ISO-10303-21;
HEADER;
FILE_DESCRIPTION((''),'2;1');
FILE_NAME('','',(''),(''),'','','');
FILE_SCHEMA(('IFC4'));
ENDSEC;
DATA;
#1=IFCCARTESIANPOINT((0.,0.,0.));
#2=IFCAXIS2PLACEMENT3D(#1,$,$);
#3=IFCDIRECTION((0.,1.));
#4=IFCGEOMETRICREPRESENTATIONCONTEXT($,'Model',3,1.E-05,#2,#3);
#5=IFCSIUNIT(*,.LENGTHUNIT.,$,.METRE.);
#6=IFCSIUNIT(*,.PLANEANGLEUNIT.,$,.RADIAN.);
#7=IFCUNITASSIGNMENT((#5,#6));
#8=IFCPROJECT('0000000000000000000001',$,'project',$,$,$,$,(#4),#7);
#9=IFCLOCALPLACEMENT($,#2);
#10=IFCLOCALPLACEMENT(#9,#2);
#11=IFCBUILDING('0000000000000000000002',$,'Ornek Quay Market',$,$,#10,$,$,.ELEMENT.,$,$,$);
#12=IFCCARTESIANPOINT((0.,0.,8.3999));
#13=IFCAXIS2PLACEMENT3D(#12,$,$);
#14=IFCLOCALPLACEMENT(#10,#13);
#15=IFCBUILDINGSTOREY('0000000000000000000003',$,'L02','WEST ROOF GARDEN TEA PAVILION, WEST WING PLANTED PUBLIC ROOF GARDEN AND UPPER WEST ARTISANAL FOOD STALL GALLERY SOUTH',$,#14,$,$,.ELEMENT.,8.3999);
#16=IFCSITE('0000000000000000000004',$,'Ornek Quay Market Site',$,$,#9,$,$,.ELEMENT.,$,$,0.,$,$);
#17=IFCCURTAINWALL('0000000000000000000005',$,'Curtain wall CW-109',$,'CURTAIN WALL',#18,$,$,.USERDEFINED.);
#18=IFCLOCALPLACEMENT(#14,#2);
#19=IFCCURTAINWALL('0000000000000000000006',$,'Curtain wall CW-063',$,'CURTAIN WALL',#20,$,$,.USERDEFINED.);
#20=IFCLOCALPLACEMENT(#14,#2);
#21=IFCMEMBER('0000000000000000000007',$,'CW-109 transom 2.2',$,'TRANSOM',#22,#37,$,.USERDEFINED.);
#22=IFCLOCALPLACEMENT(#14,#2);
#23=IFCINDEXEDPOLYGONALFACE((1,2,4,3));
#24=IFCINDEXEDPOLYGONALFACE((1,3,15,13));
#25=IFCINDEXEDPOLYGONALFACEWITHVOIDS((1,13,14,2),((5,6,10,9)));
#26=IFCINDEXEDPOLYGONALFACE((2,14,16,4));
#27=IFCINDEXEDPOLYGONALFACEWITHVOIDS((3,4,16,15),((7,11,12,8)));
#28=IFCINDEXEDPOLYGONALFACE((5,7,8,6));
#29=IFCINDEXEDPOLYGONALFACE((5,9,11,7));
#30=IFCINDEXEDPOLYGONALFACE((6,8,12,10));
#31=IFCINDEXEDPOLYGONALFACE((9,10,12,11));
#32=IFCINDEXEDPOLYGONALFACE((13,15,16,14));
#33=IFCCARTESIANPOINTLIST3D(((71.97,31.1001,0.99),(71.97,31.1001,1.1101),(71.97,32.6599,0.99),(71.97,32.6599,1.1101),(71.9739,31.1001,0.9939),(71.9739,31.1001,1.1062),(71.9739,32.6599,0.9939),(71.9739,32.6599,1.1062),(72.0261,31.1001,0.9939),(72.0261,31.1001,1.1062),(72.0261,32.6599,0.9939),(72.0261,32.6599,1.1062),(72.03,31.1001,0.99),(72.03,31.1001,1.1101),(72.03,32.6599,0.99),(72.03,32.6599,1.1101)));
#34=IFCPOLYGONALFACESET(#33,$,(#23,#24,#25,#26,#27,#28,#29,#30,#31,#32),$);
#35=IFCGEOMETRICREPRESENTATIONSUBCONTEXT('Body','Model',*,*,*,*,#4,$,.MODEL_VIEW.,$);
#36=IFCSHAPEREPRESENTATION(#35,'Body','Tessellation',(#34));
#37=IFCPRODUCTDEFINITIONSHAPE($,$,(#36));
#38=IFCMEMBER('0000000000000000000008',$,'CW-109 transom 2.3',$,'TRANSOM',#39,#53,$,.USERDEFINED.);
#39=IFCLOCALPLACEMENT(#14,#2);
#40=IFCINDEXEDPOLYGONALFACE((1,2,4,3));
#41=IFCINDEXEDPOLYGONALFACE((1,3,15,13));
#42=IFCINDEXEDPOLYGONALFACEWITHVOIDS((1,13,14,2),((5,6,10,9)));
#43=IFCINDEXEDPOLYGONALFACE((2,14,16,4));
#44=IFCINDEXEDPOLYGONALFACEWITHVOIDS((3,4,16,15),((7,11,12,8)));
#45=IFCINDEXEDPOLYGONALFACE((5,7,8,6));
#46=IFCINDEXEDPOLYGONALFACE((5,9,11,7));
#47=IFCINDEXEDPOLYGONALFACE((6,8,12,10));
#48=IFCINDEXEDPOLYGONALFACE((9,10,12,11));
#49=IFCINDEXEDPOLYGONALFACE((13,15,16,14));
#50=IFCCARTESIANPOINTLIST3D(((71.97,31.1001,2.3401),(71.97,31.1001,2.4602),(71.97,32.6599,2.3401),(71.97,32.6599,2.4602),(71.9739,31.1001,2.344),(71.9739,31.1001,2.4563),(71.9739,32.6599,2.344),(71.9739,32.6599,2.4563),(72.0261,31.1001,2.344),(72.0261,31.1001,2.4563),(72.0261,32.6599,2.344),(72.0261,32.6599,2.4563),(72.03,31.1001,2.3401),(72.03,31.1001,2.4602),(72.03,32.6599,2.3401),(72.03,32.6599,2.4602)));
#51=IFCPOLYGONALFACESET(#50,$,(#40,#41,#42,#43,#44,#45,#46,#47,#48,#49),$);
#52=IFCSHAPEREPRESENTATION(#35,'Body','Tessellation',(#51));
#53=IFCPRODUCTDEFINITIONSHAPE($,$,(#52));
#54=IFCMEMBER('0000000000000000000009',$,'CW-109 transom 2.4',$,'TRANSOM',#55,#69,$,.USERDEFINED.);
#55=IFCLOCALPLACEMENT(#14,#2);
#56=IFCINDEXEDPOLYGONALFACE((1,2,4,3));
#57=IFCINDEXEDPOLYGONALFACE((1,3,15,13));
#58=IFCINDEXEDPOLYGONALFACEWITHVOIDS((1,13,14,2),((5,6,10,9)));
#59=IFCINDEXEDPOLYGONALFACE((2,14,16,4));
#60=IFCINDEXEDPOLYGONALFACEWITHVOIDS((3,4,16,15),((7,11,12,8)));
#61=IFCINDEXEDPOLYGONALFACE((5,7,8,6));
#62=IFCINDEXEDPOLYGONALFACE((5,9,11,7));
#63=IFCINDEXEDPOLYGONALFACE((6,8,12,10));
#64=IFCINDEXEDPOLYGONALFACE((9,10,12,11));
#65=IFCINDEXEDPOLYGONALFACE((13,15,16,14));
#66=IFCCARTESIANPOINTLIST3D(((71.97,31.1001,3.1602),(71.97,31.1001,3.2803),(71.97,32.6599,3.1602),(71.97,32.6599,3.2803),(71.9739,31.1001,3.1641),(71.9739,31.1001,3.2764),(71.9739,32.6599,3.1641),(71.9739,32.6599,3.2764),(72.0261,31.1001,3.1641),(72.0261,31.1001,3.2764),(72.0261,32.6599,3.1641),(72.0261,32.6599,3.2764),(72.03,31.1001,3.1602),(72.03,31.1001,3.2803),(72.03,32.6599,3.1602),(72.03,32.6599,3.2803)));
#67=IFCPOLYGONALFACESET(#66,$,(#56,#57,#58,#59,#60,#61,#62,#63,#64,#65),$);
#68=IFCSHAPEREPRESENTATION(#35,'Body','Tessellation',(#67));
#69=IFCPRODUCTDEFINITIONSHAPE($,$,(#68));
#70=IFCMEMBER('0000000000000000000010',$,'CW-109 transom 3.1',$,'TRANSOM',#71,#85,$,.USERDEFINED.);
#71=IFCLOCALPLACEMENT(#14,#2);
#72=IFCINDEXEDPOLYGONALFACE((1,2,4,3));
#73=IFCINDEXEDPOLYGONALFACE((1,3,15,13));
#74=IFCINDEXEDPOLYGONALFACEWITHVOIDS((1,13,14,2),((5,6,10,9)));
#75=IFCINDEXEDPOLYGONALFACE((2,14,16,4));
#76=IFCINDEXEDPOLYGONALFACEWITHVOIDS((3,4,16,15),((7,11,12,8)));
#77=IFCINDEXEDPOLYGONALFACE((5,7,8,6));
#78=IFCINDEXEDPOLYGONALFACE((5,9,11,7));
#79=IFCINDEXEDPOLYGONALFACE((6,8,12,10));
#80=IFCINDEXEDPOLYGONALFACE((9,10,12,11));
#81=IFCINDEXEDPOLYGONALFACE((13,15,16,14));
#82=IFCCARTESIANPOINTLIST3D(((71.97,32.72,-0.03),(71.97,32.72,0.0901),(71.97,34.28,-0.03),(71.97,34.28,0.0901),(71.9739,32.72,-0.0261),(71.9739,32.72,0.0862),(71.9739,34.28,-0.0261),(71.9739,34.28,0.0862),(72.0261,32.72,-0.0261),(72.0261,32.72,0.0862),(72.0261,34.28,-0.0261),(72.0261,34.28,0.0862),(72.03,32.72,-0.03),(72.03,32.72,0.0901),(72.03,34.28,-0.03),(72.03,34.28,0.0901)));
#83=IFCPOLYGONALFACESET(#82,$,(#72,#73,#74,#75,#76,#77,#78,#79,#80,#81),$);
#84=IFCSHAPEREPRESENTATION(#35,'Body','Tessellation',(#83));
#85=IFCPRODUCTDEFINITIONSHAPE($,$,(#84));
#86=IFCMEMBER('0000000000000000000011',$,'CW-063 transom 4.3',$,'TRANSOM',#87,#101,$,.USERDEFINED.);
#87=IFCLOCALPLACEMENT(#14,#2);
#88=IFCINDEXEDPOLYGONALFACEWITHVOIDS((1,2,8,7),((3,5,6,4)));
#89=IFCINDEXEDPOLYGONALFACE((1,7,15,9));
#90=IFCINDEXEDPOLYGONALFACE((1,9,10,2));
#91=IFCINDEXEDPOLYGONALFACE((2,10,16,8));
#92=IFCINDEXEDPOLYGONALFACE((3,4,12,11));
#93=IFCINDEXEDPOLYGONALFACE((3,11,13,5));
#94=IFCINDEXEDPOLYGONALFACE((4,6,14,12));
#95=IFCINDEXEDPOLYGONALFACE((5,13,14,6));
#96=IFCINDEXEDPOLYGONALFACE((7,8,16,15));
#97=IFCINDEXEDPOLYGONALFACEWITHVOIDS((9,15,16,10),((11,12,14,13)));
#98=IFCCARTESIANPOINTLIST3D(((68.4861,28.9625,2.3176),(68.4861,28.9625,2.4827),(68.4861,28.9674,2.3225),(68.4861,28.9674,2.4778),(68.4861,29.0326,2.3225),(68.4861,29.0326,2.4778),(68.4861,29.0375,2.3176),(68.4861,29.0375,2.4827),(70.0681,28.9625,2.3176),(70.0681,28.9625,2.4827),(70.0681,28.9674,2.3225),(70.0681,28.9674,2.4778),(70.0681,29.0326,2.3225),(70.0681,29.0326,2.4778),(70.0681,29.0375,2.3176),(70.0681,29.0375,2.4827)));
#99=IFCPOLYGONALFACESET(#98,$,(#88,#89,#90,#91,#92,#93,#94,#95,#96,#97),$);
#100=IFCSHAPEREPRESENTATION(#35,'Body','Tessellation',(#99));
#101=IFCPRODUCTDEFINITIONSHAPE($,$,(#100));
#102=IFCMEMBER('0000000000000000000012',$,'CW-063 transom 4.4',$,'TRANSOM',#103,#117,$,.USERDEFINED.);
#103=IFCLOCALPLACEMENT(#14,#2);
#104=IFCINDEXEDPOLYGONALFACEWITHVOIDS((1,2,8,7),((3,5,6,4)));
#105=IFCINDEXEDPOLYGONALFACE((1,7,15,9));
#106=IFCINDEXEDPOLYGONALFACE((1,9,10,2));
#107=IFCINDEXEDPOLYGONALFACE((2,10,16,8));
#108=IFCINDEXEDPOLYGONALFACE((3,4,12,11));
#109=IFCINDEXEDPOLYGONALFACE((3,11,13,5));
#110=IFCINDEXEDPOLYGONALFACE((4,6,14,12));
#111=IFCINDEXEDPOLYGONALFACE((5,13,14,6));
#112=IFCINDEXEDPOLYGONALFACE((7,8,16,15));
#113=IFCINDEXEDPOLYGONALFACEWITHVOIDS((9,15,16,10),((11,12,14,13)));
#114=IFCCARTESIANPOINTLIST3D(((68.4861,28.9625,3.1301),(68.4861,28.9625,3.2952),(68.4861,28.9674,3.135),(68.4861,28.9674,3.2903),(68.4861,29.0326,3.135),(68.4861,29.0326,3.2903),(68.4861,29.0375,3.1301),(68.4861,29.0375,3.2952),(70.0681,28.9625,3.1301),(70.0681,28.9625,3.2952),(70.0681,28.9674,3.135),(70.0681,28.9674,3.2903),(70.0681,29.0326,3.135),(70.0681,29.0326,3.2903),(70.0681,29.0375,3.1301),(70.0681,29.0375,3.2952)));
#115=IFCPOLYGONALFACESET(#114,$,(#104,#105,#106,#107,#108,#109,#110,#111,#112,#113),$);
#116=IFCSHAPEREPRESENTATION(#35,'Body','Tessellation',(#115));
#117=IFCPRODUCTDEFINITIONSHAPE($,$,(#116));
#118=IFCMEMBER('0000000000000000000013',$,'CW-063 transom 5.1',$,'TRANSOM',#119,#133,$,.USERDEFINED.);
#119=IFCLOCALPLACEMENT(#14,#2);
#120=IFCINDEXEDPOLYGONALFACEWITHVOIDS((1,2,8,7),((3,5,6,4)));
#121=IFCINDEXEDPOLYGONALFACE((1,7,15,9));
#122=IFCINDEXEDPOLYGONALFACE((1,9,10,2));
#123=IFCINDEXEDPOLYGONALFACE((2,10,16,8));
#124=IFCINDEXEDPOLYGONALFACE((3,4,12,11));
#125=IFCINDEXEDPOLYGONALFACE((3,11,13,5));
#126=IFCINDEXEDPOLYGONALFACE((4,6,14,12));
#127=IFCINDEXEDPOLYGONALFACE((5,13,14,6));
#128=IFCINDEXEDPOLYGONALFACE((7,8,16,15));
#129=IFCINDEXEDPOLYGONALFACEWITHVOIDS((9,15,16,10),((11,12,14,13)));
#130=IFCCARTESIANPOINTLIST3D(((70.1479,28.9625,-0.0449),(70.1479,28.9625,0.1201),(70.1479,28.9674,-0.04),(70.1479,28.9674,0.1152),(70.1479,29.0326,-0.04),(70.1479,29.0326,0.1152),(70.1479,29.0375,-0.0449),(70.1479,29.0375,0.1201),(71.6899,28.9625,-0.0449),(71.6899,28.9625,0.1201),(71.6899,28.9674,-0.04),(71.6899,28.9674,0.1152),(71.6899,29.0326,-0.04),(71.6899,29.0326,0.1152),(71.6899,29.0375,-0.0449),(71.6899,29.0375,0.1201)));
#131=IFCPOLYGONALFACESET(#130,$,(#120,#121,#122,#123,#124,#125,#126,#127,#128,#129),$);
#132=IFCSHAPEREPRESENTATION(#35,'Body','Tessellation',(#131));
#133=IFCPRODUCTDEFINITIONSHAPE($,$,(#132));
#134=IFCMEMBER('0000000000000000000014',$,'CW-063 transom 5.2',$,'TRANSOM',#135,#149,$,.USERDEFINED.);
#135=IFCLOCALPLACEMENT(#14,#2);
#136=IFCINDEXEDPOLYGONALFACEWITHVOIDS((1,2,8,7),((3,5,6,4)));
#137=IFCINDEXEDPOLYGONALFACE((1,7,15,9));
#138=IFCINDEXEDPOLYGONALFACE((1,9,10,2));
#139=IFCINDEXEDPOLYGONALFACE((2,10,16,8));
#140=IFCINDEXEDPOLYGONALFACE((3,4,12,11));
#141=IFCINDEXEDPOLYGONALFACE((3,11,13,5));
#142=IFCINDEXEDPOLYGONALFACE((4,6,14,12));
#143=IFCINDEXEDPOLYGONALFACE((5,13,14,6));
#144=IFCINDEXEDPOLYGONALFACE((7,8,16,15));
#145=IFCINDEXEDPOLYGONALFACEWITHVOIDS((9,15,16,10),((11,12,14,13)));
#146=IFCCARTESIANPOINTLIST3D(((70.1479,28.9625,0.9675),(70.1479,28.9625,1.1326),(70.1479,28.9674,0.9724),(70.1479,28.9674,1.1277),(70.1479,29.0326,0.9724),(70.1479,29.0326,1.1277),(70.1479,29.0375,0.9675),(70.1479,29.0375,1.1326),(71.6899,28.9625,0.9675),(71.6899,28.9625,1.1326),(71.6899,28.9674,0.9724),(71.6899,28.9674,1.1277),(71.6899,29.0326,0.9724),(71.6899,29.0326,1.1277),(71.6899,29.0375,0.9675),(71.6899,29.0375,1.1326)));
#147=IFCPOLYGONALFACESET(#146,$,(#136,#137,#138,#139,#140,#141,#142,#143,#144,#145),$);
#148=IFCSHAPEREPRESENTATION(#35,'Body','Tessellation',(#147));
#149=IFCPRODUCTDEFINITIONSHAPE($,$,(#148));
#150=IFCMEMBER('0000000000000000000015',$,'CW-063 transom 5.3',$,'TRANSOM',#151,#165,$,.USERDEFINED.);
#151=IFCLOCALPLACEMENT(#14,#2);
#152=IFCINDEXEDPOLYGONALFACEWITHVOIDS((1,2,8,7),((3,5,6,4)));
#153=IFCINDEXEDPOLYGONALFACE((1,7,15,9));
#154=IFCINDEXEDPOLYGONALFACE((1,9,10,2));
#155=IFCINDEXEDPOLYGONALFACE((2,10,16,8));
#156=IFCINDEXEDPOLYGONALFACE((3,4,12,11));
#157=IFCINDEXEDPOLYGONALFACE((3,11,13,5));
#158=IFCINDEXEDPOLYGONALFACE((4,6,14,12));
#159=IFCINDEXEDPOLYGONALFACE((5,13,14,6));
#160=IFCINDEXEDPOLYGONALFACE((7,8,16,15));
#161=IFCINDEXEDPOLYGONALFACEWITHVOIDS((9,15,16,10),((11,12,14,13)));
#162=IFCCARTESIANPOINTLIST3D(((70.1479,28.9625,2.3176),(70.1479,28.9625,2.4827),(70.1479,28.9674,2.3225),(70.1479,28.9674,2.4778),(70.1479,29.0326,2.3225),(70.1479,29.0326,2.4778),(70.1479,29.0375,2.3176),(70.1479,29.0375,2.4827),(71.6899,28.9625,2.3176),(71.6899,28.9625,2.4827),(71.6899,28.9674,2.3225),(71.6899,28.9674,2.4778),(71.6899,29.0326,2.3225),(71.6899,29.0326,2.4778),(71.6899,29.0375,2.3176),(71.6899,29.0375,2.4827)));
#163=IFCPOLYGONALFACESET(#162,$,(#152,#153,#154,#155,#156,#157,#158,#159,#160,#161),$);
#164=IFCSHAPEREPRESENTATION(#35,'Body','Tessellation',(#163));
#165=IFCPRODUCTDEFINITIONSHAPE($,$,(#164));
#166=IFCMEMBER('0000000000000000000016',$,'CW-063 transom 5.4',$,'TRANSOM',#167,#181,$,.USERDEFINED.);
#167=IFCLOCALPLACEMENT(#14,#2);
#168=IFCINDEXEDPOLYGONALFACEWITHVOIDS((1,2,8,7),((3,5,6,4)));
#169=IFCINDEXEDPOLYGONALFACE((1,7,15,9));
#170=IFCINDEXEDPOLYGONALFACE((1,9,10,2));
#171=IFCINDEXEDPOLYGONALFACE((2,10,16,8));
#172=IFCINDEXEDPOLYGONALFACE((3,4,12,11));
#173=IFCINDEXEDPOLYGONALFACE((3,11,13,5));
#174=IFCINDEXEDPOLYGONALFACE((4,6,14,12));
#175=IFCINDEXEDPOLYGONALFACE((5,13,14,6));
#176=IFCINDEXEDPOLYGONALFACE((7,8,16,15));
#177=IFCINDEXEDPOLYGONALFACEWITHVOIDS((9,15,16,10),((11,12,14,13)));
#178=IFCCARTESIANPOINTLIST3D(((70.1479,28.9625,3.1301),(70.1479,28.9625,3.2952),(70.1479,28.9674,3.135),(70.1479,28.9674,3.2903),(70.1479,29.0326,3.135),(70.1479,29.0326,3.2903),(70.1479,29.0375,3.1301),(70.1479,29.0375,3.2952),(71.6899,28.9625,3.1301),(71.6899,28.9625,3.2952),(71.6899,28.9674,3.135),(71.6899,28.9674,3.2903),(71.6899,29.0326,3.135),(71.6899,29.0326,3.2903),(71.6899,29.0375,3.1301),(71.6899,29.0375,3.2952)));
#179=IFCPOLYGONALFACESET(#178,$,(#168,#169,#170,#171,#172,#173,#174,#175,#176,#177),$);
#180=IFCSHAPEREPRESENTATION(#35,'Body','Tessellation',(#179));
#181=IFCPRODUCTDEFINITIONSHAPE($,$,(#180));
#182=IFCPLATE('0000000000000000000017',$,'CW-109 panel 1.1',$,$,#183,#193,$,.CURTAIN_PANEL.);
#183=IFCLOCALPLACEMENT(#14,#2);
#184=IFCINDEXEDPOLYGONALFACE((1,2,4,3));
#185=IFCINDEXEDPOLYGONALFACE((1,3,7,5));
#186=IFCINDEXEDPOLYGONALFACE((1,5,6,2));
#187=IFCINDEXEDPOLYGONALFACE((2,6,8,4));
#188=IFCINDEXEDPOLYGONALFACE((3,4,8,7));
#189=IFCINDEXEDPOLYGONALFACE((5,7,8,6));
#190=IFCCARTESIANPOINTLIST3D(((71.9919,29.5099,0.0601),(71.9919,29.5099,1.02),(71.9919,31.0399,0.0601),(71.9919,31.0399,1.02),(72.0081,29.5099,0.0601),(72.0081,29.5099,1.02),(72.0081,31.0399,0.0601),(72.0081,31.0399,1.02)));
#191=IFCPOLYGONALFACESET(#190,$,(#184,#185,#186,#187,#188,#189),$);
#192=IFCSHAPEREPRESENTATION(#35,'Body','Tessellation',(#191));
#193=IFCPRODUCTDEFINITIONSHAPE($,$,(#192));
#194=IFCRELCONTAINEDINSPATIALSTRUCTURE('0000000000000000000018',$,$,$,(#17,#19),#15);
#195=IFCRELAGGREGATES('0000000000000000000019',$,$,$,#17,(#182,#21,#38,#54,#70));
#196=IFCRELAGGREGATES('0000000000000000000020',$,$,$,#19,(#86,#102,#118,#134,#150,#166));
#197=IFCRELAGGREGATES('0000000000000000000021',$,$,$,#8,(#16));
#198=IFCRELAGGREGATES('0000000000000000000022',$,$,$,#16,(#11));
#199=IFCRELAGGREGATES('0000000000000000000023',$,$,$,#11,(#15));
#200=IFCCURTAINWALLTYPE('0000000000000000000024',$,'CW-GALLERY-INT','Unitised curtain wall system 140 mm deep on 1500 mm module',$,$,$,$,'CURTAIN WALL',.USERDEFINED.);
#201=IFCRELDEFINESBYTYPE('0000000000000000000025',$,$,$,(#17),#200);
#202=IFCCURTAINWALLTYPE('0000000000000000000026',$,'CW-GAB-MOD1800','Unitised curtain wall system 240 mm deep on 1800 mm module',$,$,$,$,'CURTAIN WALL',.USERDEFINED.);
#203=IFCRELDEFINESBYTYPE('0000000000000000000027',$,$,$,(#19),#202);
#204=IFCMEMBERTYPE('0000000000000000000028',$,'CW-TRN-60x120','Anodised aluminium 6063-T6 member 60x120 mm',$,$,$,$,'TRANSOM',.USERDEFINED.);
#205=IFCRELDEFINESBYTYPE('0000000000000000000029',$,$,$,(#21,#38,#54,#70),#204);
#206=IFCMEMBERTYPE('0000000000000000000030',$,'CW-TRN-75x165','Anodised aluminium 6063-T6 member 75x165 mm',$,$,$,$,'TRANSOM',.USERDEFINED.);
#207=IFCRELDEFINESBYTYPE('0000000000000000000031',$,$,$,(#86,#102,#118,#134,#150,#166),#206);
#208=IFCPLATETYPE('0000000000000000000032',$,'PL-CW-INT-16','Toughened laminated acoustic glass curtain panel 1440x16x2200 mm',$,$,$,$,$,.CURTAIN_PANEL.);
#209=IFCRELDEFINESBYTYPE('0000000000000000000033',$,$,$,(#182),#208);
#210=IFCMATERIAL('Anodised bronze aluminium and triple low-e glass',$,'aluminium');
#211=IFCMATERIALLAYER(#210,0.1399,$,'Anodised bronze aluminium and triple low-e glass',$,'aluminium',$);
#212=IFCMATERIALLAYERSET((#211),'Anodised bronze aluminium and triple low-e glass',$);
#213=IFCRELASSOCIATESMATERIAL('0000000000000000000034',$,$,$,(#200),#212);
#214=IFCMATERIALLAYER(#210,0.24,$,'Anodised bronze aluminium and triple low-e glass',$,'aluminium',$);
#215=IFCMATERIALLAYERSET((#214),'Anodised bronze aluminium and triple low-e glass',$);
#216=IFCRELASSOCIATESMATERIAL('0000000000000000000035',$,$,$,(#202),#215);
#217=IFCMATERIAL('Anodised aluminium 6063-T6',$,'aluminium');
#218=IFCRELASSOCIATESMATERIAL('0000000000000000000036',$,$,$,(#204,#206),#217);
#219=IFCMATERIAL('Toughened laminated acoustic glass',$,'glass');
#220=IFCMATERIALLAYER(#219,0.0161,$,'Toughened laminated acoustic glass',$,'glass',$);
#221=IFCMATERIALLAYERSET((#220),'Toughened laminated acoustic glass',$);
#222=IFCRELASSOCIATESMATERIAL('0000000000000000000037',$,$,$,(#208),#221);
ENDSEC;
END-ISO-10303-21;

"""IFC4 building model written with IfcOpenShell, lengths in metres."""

from ifc_helpers import new_model, si_unit, direction, frame, origin, origin_2d, place, context, subcontext, project, spatial, rectangle, hollow_rectangle, extrude, material, layer, layer_set, material_profile, profile_set, type_object, element, aggregate, save


model = new_model("IFC4")

# Units and contexts
model_context = context("Model", 3, precision=1e-05, world=origin(), true_north=direction((0.0, 1.0)))
body_context = subcontext(model_context, "Body", "Model", "MODEL_VIEW")
ifc_project = project(units=[si_unit("LENGTHUNIT", "METRE"), si_unit("PLANEANGLEUNIT", "RADIAN")], contexts=[model_context])

# Site, building, storey
site_placement = place(None, origin())
site = spatial("IfcSite", under=ifc_project, at=site_placement, Name="Ornek Quay Market Site", CompositionType="ELEMENT", RefElevation=0.0)
building_placement = place(site_placement, origin())
building = spatial("IfcBuilding", under=site, at=building_placement, Name="Ornek Quay Market", CompositionType="ELEMENT")
storey_placement = place(building_placement, frame((0.0, 0.0, 8.3999)))
storey = spatial("IfcBuildingStorey", under=building, at=storey_placement, Name="L02", Description="WEST ROOF GARDEN TEA PAVILION, WEST WING PLANTED PUBLIC ROOF GARDEN AND UPPER WEST ARTISANAL FOOD STALL GALLERY SOUTH", CompositionType="ELEMENT", Elevation=8.3999)

# Curtain walls
ifc_material_1 = material(Name="Anodised bronze aluminium and triple low-e glass", Category="aluminium")
ifc_layer_1 = layer(ifc_material_1, 0.1399, Name="Anodised bronze aluminium and triple low-e glass", Category="aluminium")
ifc_layer_set_1 = layer_set([ifc_layer_1], Name="Anodised bronze aluminium and triple low-e glass")
curtain_wall_type_1 = type_object("IfcCurtainWallType", Name="CW-GALLERY-INT", Description="Unitised curtain wall system 140 mm deep on 1500 mm module", ElementType="CURTAIN WALL", PredefinedType="USERDEFINED", material=ifc_layer_set_1)
curtain_wall_1_placement = place(storey_placement, origin())
curtain_wall_1 = element("IfcCurtainWall", 1, at=curtain_wall_1_placement, inside=storey, type_object=curtain_wall_type_1, Name="Curtain wall CW-109", ObjectType="CURTAIN WALL", PredefinedType="USERDEFINED")
ifc_material_2 = material(Name="Anodised aluminium 6063-T6", Category="aluminium")
ifc_layer_2 = layer(ifc_material_1, 0.24, Name="Anodised bronze aluminium and triple low-e glass", Category="aluminium")
ifc_layer_set_2 = layer_set([ifc_layer_2], Name="Anodised bronze aluminium and triple low-e glass")
curtain_wall_type_2 = type_object("IfcCurtainWallType", Name="CW-GAB-MOD1800", Description="Unitised curtain wall system 240 mm deep on 1800 mm module", ElementType="CURTAIN WALL", PredefinedType="USERDEFINED", material=ifc_layer_set_2)
curtain_wall_2_placement = place(storey_placement, origin())
curtain_wall_2 = element("IfcCurtainWall", 2, at=curtain_wall_2_placement, inside=storey, type_object=curtain_wall_type_2, Name="Curtain wall CW-063", ObjectType="CURTAIN WALL", PredefinedType="USERDEFINED")

# Members
ifc_material_profile_1 = material_profile(ifc_material_2, hollow_rectangle(XDim=0.0601, YDim=0.1201, WallThickness=0.0039, at=origin_2d()), Name="CW-TRN-60x120", Category="aluminium")
ifc_profile_set_1 = profile_set([ifc_material_profile_1], Name="Anodised aluminium 6063-T6")
member_type_1 = type_object("IfcMemberType", Name="CW-TRN-60x120", Description="Anodised aluminium 6063-T6 member 60x120 mm", ElementType="TRANSOM", PredefinedType="USERDEFINED", material=ifc_profile_set_1)
member_1_placement = place(storey_placement, frame((72.0, 31.1001, 1.05), z_axis=(0.0, 1.0, 0.0), x_axis=(-1.0, 0.0, 0.0)))
member_1 = element("IfcMember", 3, at=member_1_placement, type_object=member_type_1, Name="CW-109 transom 2.2", ObjectType="TRANSOM", PredefinedType="USERDEFINED", context=body_context, shape_type="SweptSolid", body=[
    extrude(hollow_rectangle(XDim=0.0601, YDim=0.1201, WallThickness=0.0039, at=origin_2d()), origin(), (0.0, 0.0, 1.0), 1.5598),
])
member_2_placement = place(storey_placement, frame((72.0, 31.1001, 2.4001), z_axis=(0.0, 1.0, 0.0), x_axis=(-1.0, 0.0, 0.0)))
member_2 = element("IfcMember", 4, at=member_2_placement, type_object=member_type_1, Name="CW-109 transom 2.3", ObjectType="TRANSOM", PredefinedType="USERDEFINED", context=body_context, shape_type="SweptSolid", body=[
    extrude(hollow_rectangle(XDim=0.0601, YDim=0.1201, WallThickness=0.0039, at=origin_2d()), origin(), (0.0, 0.0, 1.0), 1.5598),
])
member_3_placement = place(storey_placement, frame((72.0, 31.1001, 3.2202), z_axis=(0.0, 1.0, 0.0), x_axis=(-1.0, 0.0, 0.0)))
member_3 = element("IfcMember", 5, at=member_3_placement, type_object=member_type_1, Name="CW-109 transom 2.4", ObjectType="TRANSOM", PredefinedType="USERDEFINED", context=body_context, shape_type="SweptSolid", body=[
    extrude(hollow_rectangle(XDim=0.0601, YDim=0.1201, WallThickness=0.0039, at=origin_2d()), origin(), (0.0, 0.0, 1.0), 1.5598),
])
member_4_placement = place(storey_placement, frame((72.0, 32.72, 0.03), z_axis=(0.0, 1.0, 0.0), x_axis=(-1.0, 0.0, 0.0)))
member_4 = element("IfcMember", 6, at=member_4_placement, type_object=member_type_1, Name="CW-109 transom 3.1", ObjectType="TRANSOM", PredefinedType="USERDEFINED", context=body_context, shape_type="SweptSolid", body=[
    extrude(hollow_rectangle(XDim=0.0601, YDim=0.1201, WallThickness=0.0039, at=origin_2d()), origin(), (0.0, 0.0, 1.0), 1.5601),
])
ifc_material_profile_2 = material_profile(ifc_material_2, hollow_rectangle(XDim=0.075, YDim=0.165, WallThickness=0.0049, at=origin_2d()), Name="CW-TRN-75x165", Category="aluminium")
ifc_profile_set_2 = profile_set([ifc_material_profile_2], Name="Anodised aluminium 6063-T6")
member_type_2 = type_object("IfcMemberType", Name="CW-TRN-75x165", Description="Anodised aluminium 6063-T6 member 75x165 mm", ElementType="TRANSOM", PredefinedType="USERDEFINED", material=ifc_profile_set_2)
member_5_placement = place(storey_placement, frame((68.4861, 29.0, 2.4001), z_axis=(1.0, 0.0, 0.0), x_axis=(0.0, 1.0, 0.0)))
member_5 = element("IfcMember", 7, at=member_5_placement, type_object=member_type_2, Name="CW-063 transom 4.3", ObjectType="TRANSOM", PredefinedType="USERDEFINED", context=body_context, shape_type="SweptSolid", body=[
    extrude(hollow_rectangle(XDim=0.075, YDim=0.165, WallThickness=0.0049, at=origin_2d()), origin(), (0.0, 0.0, 1.0), 1.582),
])
member_6_placement = place(storey_placement, frame((68.4861, 29.0, 3.2126), z_axis=(1.0, 0.0, 0.0), x_axis=(0.0, 1.0, 0.0)))
member_6 = element("IfcMember", 8, at=member_6_placement, type_object=member_type_2, Name="CW-063 transom 4.4", ObjectType="TRANSOM", PredefinedType="USERDEFINED", context=body_context, shape_type="SweptSolid", body=[
    extrude(hollow_rectangle(XDim=0.075, YDim=0.165, WallThickness=0.0049, at=origin_2d()), origin(), (0.0, 0.0, 1.0), 1.582),
])
member_7_placement = place(storey_placement, frame((70.1479, 29.0, 0.0376), z_axis=(1.0, 0.0, 0.0), x_axis=(0.0, 1.0, 0.0)))
member_7 = element("IfcMember", 9, at=member_7_placement, type_object=member_type_2, Name="CW-063 transom 5.1", ObjectType="TRANSOM", PredefinedType="USERDEFINED", context=body_context, shape_type="SweptSolid", body=[
    extrude(hollow_rectangle(XDim=0.075, YDim=0.165, WallThickness=0.0049, at=origin_2d()), origin(), (0.0, 0.0, 1.0), 1.542),
])
member_8_placement = place(storey_placement, frame((70.1479, 29.0, 1.05), z_axis=(1.0, 0.0, 0.0), x_axis=(0.0, 1.0, 0.0)))
member_8 = element("IfcMember", 10, at=member_8_placement, type_object=member_type_2, Name="CW-063 transom 5.2", ObjectType="TRANSOM", PredefinedType="USERDEFINED", context=body_context, shape_type="SweptSolid", body=[
    extrude(hollow_rectangle(XDim=0.075, YDim=0.165, WallThickness=0.0049, at=origin_2d()), origin(), (0.0, 0.0, 1.0), 1.542),
])
member_9_placement = place(storey_placement, frame((70.1479, 29.0, 2.4001), z_axis=(1.0, 0.0, 0.0), x_axis=(0.0, 1.0, 0.0)))
member_9 = element("IfcMember", 11, at=member_9_placement, type_object=member_type_2, Name="CW-063 transom 5.3", ObjectType="TRANSOM", PredefinedType="USERDEFINED", context=body_context, shape_type="SweptSolid", body=[
    extrude(hollow_rectangle(XDim=0.075, YDim=0.165, WallThickness=0.0049, at=origin_2d()), origin(), (0.0, 0.0, 1.0), 1.542),
])
member_10_placement = place(storey_placement, frame((70.1479, 29.0, 3.2126), z_axis=(1.0, 0.0, 0.0), x_axis=(0.0, 1.0, 0.0)))
member_10 = element("IfcMember", 12, at=member_10_placement, type_object=member_type_2, Name="CW-063 transom 5.4", ObjectType="TRANSOM", PredefinedType="USERDEFINED", context=body_context, shape_type="SweptSolid", body=[
    extrude(hollow_rectangle(XDim=0.075, YDim=0.165, WallThickness=0.0049, at=origin_2d()), origin(), (0.0, 0.0, 1.0), 1.542),
])

# Plate
ifc_material_3 = material(Name="Toughened laminated acoustic glass", Category="glass")
ifc_layer_3 = layer(ifc_material_3, 0.0161, Name="Toughened laminated acoustic glass", Category="glass")
ifc_layer_set_3 = layer_set([ifc_layer_3], Name="Toughened laminated acoustic glass")
plate_type_1 = type_object("IfcPlateType", Name="PL-CW-INT-16", Description="Toughened laminated acoustic glass curtain panel 1440x16x2200 mm", PredefinedType="CURTAIN_PANEL", material=ifc_layer_set_3)
plate_1_placement = place(storey_placement, frame((72.0, 30.2749, 0.0601), z_axis=(0.0, 0.0, 1.0), x_axis=(0.0, 1.0, 0.0)))
plate_1 = element("IfcPlate", 13, at=plate_1_placement, type_object=plate_type_1, Name="CW-109 panel 1.1", PredefinedType="CURTAIN_PANEL", context=body_context, shape_type="SweptSolid", body=[
    extrude(rectangle(XDim=1.53, YDim=0.0161, at=origin_2d()), origin(), (0.0, 0.0, 1.0), 0.96),
])
aggregate(curtain_wall_1, [plate_1, member_1, member_2, member_3, member_4])
aggregate(curtain_wall_2, [member_5, member_6, member_7, member_8, member_9, member_10])

save(model, "model.ifc")
